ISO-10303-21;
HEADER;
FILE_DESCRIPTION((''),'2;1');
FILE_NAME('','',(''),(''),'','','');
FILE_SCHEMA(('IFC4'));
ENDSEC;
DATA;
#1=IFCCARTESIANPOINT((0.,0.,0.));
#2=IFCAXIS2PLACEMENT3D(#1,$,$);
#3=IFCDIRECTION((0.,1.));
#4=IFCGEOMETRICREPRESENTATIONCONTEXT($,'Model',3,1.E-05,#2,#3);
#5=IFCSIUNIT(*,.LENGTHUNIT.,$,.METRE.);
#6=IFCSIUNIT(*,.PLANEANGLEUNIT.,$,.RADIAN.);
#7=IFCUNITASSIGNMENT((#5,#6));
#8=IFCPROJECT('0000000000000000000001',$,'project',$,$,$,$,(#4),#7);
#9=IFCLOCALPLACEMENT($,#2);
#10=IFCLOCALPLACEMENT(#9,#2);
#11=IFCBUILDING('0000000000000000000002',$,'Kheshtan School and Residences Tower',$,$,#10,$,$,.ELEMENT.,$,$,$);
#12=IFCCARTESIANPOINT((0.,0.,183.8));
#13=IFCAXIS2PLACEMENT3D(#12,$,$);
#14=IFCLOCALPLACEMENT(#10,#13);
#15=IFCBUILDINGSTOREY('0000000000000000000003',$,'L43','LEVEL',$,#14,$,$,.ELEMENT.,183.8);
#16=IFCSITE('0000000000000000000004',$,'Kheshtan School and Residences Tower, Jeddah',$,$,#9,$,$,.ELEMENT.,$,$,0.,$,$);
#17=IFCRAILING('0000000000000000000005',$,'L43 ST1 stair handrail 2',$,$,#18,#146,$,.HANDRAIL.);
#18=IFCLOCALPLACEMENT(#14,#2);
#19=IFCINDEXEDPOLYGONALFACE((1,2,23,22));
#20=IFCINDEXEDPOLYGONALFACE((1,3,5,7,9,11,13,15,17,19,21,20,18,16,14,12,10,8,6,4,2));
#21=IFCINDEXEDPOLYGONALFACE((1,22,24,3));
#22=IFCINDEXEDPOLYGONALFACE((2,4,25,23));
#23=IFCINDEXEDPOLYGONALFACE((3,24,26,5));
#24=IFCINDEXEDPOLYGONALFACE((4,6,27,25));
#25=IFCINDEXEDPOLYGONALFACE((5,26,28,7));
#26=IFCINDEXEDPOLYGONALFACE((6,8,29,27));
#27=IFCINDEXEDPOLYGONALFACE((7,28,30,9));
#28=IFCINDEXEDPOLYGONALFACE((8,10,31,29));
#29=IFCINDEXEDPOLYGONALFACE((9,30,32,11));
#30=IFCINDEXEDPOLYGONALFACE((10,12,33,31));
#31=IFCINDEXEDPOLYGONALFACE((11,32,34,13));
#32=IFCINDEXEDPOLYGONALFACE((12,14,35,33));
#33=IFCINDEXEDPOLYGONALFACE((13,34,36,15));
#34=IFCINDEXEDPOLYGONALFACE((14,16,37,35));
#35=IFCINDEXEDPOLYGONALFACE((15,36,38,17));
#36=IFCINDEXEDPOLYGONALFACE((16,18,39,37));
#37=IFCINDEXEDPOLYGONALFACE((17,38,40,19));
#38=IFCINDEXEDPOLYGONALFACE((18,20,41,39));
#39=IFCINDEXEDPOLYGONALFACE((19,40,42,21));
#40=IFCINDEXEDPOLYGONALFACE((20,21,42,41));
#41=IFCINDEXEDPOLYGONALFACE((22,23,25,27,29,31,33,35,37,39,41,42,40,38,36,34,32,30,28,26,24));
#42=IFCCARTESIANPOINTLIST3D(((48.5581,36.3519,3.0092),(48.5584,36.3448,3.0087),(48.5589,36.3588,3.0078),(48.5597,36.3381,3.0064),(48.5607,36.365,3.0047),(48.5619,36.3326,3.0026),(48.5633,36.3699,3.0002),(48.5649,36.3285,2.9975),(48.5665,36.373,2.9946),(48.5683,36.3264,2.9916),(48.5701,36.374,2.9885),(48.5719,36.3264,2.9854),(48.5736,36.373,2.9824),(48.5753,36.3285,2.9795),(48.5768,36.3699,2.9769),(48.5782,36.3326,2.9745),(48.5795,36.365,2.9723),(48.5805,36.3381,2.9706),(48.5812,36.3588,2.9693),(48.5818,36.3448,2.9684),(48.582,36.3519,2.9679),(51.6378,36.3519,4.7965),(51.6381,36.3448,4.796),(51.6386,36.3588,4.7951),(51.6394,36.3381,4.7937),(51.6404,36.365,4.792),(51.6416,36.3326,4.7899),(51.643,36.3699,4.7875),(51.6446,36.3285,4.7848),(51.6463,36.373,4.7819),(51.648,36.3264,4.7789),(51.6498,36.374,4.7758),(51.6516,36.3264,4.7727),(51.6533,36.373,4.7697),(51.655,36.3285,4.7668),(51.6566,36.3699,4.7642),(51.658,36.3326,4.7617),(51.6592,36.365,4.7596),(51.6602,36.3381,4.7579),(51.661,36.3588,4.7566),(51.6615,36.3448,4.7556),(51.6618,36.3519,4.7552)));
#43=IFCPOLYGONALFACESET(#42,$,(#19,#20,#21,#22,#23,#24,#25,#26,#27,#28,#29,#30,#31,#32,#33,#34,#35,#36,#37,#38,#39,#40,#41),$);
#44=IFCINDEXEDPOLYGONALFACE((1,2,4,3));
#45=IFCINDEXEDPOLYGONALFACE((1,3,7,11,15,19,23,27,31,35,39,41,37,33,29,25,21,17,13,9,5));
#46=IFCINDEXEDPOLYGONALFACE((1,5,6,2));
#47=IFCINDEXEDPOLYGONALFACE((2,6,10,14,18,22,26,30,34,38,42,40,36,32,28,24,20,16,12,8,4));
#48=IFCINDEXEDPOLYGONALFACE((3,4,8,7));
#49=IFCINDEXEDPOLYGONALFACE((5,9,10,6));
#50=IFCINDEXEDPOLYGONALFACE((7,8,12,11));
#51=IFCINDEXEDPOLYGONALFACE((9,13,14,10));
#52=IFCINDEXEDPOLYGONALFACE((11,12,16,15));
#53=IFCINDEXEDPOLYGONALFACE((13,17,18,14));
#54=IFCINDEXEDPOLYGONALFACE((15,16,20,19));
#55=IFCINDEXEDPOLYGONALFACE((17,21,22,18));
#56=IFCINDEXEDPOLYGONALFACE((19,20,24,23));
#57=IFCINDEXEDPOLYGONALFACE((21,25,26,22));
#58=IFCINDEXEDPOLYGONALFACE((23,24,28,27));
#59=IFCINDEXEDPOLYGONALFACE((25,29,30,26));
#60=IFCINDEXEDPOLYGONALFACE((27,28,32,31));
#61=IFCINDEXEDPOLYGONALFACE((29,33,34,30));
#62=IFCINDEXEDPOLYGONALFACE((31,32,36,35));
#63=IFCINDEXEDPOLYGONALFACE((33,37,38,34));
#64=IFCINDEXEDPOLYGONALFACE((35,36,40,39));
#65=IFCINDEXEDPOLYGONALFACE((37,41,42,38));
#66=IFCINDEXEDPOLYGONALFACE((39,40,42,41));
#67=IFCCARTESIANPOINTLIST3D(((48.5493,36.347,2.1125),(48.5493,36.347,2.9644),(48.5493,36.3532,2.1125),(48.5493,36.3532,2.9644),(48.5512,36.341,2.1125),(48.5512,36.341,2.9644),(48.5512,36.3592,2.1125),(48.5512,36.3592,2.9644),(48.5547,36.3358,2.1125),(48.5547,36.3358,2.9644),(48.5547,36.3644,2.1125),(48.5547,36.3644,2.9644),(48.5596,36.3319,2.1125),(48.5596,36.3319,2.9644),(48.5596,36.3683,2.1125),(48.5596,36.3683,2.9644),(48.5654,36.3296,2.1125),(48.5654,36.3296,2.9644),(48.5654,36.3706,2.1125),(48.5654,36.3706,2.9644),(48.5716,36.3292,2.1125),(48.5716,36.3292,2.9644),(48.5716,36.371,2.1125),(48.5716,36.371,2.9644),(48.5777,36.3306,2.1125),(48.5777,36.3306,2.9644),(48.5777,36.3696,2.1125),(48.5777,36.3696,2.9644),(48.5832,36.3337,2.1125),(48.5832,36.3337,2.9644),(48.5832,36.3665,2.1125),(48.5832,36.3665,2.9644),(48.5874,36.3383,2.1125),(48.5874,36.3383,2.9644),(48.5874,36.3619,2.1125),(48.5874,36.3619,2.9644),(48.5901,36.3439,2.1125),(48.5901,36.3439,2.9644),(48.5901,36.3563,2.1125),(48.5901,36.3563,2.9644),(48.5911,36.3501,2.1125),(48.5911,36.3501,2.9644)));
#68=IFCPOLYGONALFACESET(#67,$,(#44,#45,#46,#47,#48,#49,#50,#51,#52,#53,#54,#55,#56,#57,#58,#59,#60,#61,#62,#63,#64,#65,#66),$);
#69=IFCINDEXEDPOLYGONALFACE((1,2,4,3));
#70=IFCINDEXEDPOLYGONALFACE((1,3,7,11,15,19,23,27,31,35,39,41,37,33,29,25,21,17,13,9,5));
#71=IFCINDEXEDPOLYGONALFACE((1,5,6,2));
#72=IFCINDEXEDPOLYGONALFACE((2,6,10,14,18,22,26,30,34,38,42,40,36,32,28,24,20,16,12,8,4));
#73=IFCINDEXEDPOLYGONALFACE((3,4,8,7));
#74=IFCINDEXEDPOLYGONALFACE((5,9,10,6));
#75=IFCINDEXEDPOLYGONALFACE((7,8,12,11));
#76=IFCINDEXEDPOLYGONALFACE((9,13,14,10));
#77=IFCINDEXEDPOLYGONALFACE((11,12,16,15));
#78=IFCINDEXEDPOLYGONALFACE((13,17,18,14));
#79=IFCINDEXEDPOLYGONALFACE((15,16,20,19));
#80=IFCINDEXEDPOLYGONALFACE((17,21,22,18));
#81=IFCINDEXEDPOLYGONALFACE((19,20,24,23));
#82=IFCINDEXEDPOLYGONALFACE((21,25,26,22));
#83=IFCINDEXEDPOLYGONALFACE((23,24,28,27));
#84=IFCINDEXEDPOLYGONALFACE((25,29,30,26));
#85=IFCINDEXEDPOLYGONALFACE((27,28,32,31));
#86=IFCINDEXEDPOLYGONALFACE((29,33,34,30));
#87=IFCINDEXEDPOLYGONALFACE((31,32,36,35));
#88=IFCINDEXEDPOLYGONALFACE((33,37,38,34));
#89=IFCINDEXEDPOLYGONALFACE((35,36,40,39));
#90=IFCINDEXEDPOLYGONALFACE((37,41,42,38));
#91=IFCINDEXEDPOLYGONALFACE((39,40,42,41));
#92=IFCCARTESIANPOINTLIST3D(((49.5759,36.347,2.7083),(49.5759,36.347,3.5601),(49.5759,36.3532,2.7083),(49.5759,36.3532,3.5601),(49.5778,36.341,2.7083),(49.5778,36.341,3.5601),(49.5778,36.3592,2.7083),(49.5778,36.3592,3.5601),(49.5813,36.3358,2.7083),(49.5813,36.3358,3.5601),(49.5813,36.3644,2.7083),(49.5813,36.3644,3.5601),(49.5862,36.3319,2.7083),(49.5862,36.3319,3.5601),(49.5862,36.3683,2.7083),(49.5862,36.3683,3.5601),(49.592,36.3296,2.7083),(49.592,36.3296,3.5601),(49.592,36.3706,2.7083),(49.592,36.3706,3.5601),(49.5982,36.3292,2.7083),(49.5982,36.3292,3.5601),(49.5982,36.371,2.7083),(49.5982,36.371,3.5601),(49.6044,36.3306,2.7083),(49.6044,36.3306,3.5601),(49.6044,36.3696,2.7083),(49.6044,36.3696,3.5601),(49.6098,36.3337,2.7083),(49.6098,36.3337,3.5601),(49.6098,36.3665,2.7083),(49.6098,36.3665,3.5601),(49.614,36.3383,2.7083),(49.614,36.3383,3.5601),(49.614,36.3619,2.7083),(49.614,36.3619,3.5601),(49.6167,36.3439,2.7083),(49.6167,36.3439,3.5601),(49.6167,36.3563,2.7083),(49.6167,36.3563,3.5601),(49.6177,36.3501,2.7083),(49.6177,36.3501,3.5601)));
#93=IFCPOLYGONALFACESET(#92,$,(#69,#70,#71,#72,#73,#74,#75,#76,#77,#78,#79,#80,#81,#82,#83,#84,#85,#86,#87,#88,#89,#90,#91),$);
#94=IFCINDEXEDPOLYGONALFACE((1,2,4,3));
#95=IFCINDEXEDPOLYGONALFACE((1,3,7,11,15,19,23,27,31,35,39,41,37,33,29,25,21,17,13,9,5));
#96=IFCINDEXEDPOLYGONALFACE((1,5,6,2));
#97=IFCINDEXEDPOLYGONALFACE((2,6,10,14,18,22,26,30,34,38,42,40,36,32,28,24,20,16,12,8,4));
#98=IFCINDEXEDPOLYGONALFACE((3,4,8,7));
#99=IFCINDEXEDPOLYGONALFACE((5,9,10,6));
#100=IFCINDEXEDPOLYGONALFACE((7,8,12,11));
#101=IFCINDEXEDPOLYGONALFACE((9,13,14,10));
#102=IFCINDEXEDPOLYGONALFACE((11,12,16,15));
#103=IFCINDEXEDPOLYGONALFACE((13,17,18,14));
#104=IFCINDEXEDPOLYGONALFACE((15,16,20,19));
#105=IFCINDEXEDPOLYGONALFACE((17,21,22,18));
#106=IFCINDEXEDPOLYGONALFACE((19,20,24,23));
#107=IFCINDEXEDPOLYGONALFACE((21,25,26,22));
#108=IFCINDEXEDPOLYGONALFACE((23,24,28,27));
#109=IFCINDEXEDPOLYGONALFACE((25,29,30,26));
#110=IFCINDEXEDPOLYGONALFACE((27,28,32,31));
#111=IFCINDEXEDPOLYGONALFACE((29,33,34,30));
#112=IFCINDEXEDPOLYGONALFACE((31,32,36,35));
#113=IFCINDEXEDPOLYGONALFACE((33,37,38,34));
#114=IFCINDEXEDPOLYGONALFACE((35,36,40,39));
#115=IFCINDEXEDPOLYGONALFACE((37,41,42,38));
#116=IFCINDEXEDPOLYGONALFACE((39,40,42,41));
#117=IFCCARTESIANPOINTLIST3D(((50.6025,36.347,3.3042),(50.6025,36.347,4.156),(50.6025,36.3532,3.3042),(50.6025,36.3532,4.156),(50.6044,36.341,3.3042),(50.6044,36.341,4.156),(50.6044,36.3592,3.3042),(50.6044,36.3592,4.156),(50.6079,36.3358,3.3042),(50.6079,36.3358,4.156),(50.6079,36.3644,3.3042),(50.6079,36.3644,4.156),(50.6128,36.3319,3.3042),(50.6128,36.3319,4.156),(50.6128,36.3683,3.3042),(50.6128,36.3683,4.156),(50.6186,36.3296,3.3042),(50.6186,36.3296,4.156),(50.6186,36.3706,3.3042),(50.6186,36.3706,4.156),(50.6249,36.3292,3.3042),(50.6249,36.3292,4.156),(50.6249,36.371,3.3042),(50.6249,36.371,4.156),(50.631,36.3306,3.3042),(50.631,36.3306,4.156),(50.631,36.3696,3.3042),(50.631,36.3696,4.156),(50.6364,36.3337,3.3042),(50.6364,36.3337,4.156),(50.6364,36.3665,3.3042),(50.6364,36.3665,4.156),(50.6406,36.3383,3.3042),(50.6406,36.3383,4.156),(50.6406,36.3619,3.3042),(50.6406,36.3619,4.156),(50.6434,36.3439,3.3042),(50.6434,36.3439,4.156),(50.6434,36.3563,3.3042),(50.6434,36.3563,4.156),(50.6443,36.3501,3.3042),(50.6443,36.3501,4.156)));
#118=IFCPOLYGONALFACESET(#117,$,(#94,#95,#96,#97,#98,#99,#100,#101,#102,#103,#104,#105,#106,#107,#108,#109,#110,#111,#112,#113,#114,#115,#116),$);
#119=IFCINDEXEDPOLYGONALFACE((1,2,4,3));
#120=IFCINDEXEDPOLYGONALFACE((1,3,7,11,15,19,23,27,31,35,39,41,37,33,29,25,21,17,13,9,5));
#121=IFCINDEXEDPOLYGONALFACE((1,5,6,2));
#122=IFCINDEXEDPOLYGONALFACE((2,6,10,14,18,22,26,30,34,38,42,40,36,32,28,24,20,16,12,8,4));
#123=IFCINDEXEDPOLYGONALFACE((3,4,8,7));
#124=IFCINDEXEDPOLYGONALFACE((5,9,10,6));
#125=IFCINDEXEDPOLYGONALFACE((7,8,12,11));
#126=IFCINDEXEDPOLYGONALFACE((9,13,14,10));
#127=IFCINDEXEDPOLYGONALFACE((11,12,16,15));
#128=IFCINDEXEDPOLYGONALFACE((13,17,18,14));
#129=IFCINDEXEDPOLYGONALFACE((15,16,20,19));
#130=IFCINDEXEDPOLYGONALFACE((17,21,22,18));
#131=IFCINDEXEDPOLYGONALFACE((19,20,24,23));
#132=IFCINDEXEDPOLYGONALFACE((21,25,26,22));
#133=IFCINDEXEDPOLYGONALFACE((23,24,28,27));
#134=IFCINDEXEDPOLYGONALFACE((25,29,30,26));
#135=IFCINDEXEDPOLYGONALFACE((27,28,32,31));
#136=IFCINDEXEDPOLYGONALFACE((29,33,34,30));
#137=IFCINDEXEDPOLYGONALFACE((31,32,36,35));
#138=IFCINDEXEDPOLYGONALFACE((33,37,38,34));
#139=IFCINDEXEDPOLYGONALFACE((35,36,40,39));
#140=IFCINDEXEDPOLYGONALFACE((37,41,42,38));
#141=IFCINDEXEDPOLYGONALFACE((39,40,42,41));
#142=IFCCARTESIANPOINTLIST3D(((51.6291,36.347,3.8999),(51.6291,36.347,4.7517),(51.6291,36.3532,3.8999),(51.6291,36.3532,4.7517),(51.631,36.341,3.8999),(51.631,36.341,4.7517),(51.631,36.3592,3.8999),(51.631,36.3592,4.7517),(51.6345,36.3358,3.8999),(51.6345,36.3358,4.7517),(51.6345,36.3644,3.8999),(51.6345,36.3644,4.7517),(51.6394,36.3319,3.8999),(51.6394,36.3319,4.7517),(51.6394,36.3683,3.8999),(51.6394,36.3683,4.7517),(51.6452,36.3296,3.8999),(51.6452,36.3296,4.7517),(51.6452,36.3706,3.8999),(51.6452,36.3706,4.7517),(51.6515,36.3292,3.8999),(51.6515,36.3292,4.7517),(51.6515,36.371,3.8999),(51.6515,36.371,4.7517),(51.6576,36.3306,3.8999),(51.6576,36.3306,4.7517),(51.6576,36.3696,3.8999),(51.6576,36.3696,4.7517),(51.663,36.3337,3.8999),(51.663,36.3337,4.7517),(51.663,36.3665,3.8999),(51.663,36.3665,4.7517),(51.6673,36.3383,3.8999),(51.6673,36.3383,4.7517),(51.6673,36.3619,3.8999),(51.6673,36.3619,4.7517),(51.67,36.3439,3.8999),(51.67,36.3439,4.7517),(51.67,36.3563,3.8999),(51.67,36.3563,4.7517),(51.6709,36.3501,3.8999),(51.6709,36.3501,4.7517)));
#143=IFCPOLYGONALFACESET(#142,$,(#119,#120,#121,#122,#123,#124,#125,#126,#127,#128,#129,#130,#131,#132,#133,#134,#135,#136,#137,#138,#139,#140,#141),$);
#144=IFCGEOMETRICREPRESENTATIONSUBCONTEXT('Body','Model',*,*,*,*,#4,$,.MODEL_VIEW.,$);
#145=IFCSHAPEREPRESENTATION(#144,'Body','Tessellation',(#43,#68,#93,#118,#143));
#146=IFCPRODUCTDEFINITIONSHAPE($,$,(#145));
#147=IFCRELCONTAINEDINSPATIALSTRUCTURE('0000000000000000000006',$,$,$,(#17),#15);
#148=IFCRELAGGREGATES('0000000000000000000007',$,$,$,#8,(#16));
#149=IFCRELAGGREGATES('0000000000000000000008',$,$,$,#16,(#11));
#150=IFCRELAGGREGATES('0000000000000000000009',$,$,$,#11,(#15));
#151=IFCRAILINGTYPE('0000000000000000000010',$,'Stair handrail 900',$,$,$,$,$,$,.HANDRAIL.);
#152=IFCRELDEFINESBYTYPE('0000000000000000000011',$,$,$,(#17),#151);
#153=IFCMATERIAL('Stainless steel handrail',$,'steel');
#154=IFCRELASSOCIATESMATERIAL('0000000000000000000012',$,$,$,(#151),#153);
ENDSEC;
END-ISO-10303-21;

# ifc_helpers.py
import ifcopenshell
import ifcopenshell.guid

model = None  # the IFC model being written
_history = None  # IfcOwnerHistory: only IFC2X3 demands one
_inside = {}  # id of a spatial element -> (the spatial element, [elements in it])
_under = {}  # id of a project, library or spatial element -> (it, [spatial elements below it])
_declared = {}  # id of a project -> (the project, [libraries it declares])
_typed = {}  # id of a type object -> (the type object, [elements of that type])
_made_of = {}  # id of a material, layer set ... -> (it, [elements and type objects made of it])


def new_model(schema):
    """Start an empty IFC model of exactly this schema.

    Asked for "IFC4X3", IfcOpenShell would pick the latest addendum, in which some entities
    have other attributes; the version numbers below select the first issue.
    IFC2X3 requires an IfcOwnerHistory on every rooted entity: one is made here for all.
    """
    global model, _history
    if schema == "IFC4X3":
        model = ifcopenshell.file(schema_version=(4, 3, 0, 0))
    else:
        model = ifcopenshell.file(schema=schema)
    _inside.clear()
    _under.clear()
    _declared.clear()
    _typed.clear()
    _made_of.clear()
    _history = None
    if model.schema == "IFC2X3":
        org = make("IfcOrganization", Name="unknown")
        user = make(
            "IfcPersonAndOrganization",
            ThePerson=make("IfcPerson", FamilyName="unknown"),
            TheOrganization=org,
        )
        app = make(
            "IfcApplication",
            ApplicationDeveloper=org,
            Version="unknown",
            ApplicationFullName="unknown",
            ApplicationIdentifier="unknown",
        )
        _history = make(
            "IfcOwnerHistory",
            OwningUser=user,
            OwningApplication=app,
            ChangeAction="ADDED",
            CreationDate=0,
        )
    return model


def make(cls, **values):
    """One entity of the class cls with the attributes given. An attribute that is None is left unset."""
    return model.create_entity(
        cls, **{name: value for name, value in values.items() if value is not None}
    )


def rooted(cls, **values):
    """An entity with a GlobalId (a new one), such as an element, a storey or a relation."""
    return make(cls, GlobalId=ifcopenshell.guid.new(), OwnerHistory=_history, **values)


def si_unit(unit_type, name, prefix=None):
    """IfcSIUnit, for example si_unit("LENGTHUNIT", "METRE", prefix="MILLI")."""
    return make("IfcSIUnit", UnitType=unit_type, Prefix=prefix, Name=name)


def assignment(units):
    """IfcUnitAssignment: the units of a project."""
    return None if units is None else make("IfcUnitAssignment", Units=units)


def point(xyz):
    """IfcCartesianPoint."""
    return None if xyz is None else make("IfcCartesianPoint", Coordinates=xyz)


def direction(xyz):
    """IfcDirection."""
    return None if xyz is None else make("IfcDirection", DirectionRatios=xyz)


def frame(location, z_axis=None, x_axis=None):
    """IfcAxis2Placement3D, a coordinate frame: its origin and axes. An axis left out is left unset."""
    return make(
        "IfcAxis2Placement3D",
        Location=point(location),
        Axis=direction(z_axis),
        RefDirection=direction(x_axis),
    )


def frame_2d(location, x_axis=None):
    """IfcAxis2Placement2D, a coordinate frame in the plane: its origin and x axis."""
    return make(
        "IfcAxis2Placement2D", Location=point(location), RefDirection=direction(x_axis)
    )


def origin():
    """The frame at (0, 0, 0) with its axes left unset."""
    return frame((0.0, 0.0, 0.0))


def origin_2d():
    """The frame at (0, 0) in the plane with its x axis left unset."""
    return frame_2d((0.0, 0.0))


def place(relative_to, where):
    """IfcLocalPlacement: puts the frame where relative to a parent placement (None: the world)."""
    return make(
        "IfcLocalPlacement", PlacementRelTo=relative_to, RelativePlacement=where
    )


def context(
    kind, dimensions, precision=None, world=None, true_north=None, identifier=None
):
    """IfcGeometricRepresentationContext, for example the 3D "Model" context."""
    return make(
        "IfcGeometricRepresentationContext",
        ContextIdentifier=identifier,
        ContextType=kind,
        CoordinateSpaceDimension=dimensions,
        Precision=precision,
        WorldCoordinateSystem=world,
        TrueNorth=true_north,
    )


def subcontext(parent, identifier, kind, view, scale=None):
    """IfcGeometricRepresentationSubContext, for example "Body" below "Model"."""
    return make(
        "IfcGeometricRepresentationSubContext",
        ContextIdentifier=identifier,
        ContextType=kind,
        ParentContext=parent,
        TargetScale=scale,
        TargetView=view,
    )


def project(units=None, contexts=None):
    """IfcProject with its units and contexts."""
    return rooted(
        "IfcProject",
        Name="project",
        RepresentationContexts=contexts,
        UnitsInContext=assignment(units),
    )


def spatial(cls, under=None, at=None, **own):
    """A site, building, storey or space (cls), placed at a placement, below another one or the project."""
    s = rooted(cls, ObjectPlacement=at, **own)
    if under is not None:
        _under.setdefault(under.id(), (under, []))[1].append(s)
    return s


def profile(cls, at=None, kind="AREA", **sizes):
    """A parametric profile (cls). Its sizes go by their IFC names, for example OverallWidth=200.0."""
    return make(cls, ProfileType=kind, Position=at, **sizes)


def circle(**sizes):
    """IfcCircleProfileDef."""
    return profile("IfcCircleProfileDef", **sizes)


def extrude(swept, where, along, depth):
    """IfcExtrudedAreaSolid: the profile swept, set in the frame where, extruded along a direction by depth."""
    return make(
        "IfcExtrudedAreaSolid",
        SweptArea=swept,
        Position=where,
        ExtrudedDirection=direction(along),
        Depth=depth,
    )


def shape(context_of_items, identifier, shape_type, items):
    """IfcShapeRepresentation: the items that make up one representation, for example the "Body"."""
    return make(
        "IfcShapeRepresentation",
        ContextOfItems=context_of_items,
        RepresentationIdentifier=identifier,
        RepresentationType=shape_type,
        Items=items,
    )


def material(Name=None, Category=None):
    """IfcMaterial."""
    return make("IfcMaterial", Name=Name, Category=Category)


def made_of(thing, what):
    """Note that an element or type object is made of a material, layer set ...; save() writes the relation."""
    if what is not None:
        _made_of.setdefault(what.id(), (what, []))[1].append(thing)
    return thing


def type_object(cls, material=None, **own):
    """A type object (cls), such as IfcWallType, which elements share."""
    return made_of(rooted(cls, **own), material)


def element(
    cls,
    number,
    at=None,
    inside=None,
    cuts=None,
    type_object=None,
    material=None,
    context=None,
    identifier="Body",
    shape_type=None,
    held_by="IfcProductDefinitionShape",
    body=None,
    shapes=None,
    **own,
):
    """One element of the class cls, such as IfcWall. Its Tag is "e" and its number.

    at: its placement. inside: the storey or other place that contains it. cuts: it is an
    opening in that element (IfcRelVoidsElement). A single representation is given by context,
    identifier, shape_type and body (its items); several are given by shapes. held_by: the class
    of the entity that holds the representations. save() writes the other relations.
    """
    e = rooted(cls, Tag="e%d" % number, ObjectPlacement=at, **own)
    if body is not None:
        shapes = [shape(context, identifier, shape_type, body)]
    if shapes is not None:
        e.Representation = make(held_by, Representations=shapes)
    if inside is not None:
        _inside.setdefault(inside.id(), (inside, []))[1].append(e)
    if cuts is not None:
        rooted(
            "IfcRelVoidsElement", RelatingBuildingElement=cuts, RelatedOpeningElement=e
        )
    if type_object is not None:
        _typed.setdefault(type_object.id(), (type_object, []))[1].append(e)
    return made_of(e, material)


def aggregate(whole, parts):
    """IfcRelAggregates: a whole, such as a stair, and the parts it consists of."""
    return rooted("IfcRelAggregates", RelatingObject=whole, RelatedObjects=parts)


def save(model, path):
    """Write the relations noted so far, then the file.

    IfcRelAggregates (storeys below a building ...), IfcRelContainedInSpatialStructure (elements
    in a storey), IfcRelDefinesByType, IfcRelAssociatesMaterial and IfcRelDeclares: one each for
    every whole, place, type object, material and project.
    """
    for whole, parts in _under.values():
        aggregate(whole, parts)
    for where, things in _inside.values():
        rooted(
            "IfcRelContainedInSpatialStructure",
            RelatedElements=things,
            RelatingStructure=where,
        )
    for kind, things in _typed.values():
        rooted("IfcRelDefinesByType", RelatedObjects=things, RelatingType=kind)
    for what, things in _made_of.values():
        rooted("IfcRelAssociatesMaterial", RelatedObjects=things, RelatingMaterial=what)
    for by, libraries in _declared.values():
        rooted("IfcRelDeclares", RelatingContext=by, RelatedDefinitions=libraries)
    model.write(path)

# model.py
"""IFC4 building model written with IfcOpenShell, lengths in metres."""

from ifc_helpers import new_model, si_unit, direction, frame, origin, origin_2d, place, context, subcontext, project, spatial, circle, extrude, material, type_object, element, save


model = new_model("IFC4")

# Units and contexts
model_context = context("Model", 3, precision=1e-05, world=origin(), true_north=direction((0.0, 1.0)))
body_context = subcontext(model_context, "Body", "Model", "MODEL_VIEW")
ifc_project = project(units=[si_unit("LENGTHUNIT", "METRE"), si_unit("PLANEANGLEUNIT", "RADIAN")], contexts=[model_context])

# Site, building, storey
site_placement = place(None, origin())
site = spatial("IfcSite", under=ifc_project, at=site_placement, Name="Kheshtan School and Residences Tower, Jeddah", CompositionType="ELEMENT", RefElevation=0.0)
building_placement = place(site_placement, origin())
building = spatial("IfcBuilding", under=site, at=building_placement, Name="Kheshtan School and Residences Tower", CompositionType="ELEMENT")
storey_placement = place(building_placement, frame((0.0, 0.0, 183.8)))
storey = spatial("IfcBuildingStorey", under=building, at=storey_placement, Name="L43", Description="LEVEL", CompositionType="ELEMENT", Elevation=183.8)

# Railing
ifc_material_1 = material(Name="Stainless steel handrail", Category="steel")
railing_type = type_object("IfcRailingType", Name="Stair handrail 900", PredefinedType="HANDRAIL", material=ifc_material_1)
railing_placement = place(storey_placement, frame((48.5701, 36.3501, 2.1125)))
element("IfcRailing", 1, at=railing_placement, inside=storey, type_object=railing_type, Name="L43 ST1 stair handrail 2", PredefinedType="HANDRAIL", context=body_context, shape_type="SweptSolid", body=[
    extrude(circle(Radius=0.0239, at=origin_2d()), frame((0.0, 0.0, 0.876), z_axis=(0.864903, 0.0, 0.501939), x_axis=(0.0, 1.0, 0.0)), (0.0, 0.0, 1.0), 3.5608),
    extrude(circle(Radius=0.021, at=origin_2d()), origin(), (0.0, 0.0, 1.0), 0.8518),
    extrude(circle(Radius=0.021, at=origin_2d()), frame((1.0266, 0.0, 0.5957)), (0.0, 0.0, 1.0), 0.8518),
    extrude(circle(Radius=0.021, at=origin_2d()), frame((2.0532, 0.0, 1.1917)), (0.0, 0.0, 1.0), 0.8518),
    extrude(circle(Radius=0.021, at=origin_2d()), frame((3.0798, 0.0, 1.7874)), (0.0, 0.0, 1.0), 0.8518),
])

save(model, "model.ifc")
